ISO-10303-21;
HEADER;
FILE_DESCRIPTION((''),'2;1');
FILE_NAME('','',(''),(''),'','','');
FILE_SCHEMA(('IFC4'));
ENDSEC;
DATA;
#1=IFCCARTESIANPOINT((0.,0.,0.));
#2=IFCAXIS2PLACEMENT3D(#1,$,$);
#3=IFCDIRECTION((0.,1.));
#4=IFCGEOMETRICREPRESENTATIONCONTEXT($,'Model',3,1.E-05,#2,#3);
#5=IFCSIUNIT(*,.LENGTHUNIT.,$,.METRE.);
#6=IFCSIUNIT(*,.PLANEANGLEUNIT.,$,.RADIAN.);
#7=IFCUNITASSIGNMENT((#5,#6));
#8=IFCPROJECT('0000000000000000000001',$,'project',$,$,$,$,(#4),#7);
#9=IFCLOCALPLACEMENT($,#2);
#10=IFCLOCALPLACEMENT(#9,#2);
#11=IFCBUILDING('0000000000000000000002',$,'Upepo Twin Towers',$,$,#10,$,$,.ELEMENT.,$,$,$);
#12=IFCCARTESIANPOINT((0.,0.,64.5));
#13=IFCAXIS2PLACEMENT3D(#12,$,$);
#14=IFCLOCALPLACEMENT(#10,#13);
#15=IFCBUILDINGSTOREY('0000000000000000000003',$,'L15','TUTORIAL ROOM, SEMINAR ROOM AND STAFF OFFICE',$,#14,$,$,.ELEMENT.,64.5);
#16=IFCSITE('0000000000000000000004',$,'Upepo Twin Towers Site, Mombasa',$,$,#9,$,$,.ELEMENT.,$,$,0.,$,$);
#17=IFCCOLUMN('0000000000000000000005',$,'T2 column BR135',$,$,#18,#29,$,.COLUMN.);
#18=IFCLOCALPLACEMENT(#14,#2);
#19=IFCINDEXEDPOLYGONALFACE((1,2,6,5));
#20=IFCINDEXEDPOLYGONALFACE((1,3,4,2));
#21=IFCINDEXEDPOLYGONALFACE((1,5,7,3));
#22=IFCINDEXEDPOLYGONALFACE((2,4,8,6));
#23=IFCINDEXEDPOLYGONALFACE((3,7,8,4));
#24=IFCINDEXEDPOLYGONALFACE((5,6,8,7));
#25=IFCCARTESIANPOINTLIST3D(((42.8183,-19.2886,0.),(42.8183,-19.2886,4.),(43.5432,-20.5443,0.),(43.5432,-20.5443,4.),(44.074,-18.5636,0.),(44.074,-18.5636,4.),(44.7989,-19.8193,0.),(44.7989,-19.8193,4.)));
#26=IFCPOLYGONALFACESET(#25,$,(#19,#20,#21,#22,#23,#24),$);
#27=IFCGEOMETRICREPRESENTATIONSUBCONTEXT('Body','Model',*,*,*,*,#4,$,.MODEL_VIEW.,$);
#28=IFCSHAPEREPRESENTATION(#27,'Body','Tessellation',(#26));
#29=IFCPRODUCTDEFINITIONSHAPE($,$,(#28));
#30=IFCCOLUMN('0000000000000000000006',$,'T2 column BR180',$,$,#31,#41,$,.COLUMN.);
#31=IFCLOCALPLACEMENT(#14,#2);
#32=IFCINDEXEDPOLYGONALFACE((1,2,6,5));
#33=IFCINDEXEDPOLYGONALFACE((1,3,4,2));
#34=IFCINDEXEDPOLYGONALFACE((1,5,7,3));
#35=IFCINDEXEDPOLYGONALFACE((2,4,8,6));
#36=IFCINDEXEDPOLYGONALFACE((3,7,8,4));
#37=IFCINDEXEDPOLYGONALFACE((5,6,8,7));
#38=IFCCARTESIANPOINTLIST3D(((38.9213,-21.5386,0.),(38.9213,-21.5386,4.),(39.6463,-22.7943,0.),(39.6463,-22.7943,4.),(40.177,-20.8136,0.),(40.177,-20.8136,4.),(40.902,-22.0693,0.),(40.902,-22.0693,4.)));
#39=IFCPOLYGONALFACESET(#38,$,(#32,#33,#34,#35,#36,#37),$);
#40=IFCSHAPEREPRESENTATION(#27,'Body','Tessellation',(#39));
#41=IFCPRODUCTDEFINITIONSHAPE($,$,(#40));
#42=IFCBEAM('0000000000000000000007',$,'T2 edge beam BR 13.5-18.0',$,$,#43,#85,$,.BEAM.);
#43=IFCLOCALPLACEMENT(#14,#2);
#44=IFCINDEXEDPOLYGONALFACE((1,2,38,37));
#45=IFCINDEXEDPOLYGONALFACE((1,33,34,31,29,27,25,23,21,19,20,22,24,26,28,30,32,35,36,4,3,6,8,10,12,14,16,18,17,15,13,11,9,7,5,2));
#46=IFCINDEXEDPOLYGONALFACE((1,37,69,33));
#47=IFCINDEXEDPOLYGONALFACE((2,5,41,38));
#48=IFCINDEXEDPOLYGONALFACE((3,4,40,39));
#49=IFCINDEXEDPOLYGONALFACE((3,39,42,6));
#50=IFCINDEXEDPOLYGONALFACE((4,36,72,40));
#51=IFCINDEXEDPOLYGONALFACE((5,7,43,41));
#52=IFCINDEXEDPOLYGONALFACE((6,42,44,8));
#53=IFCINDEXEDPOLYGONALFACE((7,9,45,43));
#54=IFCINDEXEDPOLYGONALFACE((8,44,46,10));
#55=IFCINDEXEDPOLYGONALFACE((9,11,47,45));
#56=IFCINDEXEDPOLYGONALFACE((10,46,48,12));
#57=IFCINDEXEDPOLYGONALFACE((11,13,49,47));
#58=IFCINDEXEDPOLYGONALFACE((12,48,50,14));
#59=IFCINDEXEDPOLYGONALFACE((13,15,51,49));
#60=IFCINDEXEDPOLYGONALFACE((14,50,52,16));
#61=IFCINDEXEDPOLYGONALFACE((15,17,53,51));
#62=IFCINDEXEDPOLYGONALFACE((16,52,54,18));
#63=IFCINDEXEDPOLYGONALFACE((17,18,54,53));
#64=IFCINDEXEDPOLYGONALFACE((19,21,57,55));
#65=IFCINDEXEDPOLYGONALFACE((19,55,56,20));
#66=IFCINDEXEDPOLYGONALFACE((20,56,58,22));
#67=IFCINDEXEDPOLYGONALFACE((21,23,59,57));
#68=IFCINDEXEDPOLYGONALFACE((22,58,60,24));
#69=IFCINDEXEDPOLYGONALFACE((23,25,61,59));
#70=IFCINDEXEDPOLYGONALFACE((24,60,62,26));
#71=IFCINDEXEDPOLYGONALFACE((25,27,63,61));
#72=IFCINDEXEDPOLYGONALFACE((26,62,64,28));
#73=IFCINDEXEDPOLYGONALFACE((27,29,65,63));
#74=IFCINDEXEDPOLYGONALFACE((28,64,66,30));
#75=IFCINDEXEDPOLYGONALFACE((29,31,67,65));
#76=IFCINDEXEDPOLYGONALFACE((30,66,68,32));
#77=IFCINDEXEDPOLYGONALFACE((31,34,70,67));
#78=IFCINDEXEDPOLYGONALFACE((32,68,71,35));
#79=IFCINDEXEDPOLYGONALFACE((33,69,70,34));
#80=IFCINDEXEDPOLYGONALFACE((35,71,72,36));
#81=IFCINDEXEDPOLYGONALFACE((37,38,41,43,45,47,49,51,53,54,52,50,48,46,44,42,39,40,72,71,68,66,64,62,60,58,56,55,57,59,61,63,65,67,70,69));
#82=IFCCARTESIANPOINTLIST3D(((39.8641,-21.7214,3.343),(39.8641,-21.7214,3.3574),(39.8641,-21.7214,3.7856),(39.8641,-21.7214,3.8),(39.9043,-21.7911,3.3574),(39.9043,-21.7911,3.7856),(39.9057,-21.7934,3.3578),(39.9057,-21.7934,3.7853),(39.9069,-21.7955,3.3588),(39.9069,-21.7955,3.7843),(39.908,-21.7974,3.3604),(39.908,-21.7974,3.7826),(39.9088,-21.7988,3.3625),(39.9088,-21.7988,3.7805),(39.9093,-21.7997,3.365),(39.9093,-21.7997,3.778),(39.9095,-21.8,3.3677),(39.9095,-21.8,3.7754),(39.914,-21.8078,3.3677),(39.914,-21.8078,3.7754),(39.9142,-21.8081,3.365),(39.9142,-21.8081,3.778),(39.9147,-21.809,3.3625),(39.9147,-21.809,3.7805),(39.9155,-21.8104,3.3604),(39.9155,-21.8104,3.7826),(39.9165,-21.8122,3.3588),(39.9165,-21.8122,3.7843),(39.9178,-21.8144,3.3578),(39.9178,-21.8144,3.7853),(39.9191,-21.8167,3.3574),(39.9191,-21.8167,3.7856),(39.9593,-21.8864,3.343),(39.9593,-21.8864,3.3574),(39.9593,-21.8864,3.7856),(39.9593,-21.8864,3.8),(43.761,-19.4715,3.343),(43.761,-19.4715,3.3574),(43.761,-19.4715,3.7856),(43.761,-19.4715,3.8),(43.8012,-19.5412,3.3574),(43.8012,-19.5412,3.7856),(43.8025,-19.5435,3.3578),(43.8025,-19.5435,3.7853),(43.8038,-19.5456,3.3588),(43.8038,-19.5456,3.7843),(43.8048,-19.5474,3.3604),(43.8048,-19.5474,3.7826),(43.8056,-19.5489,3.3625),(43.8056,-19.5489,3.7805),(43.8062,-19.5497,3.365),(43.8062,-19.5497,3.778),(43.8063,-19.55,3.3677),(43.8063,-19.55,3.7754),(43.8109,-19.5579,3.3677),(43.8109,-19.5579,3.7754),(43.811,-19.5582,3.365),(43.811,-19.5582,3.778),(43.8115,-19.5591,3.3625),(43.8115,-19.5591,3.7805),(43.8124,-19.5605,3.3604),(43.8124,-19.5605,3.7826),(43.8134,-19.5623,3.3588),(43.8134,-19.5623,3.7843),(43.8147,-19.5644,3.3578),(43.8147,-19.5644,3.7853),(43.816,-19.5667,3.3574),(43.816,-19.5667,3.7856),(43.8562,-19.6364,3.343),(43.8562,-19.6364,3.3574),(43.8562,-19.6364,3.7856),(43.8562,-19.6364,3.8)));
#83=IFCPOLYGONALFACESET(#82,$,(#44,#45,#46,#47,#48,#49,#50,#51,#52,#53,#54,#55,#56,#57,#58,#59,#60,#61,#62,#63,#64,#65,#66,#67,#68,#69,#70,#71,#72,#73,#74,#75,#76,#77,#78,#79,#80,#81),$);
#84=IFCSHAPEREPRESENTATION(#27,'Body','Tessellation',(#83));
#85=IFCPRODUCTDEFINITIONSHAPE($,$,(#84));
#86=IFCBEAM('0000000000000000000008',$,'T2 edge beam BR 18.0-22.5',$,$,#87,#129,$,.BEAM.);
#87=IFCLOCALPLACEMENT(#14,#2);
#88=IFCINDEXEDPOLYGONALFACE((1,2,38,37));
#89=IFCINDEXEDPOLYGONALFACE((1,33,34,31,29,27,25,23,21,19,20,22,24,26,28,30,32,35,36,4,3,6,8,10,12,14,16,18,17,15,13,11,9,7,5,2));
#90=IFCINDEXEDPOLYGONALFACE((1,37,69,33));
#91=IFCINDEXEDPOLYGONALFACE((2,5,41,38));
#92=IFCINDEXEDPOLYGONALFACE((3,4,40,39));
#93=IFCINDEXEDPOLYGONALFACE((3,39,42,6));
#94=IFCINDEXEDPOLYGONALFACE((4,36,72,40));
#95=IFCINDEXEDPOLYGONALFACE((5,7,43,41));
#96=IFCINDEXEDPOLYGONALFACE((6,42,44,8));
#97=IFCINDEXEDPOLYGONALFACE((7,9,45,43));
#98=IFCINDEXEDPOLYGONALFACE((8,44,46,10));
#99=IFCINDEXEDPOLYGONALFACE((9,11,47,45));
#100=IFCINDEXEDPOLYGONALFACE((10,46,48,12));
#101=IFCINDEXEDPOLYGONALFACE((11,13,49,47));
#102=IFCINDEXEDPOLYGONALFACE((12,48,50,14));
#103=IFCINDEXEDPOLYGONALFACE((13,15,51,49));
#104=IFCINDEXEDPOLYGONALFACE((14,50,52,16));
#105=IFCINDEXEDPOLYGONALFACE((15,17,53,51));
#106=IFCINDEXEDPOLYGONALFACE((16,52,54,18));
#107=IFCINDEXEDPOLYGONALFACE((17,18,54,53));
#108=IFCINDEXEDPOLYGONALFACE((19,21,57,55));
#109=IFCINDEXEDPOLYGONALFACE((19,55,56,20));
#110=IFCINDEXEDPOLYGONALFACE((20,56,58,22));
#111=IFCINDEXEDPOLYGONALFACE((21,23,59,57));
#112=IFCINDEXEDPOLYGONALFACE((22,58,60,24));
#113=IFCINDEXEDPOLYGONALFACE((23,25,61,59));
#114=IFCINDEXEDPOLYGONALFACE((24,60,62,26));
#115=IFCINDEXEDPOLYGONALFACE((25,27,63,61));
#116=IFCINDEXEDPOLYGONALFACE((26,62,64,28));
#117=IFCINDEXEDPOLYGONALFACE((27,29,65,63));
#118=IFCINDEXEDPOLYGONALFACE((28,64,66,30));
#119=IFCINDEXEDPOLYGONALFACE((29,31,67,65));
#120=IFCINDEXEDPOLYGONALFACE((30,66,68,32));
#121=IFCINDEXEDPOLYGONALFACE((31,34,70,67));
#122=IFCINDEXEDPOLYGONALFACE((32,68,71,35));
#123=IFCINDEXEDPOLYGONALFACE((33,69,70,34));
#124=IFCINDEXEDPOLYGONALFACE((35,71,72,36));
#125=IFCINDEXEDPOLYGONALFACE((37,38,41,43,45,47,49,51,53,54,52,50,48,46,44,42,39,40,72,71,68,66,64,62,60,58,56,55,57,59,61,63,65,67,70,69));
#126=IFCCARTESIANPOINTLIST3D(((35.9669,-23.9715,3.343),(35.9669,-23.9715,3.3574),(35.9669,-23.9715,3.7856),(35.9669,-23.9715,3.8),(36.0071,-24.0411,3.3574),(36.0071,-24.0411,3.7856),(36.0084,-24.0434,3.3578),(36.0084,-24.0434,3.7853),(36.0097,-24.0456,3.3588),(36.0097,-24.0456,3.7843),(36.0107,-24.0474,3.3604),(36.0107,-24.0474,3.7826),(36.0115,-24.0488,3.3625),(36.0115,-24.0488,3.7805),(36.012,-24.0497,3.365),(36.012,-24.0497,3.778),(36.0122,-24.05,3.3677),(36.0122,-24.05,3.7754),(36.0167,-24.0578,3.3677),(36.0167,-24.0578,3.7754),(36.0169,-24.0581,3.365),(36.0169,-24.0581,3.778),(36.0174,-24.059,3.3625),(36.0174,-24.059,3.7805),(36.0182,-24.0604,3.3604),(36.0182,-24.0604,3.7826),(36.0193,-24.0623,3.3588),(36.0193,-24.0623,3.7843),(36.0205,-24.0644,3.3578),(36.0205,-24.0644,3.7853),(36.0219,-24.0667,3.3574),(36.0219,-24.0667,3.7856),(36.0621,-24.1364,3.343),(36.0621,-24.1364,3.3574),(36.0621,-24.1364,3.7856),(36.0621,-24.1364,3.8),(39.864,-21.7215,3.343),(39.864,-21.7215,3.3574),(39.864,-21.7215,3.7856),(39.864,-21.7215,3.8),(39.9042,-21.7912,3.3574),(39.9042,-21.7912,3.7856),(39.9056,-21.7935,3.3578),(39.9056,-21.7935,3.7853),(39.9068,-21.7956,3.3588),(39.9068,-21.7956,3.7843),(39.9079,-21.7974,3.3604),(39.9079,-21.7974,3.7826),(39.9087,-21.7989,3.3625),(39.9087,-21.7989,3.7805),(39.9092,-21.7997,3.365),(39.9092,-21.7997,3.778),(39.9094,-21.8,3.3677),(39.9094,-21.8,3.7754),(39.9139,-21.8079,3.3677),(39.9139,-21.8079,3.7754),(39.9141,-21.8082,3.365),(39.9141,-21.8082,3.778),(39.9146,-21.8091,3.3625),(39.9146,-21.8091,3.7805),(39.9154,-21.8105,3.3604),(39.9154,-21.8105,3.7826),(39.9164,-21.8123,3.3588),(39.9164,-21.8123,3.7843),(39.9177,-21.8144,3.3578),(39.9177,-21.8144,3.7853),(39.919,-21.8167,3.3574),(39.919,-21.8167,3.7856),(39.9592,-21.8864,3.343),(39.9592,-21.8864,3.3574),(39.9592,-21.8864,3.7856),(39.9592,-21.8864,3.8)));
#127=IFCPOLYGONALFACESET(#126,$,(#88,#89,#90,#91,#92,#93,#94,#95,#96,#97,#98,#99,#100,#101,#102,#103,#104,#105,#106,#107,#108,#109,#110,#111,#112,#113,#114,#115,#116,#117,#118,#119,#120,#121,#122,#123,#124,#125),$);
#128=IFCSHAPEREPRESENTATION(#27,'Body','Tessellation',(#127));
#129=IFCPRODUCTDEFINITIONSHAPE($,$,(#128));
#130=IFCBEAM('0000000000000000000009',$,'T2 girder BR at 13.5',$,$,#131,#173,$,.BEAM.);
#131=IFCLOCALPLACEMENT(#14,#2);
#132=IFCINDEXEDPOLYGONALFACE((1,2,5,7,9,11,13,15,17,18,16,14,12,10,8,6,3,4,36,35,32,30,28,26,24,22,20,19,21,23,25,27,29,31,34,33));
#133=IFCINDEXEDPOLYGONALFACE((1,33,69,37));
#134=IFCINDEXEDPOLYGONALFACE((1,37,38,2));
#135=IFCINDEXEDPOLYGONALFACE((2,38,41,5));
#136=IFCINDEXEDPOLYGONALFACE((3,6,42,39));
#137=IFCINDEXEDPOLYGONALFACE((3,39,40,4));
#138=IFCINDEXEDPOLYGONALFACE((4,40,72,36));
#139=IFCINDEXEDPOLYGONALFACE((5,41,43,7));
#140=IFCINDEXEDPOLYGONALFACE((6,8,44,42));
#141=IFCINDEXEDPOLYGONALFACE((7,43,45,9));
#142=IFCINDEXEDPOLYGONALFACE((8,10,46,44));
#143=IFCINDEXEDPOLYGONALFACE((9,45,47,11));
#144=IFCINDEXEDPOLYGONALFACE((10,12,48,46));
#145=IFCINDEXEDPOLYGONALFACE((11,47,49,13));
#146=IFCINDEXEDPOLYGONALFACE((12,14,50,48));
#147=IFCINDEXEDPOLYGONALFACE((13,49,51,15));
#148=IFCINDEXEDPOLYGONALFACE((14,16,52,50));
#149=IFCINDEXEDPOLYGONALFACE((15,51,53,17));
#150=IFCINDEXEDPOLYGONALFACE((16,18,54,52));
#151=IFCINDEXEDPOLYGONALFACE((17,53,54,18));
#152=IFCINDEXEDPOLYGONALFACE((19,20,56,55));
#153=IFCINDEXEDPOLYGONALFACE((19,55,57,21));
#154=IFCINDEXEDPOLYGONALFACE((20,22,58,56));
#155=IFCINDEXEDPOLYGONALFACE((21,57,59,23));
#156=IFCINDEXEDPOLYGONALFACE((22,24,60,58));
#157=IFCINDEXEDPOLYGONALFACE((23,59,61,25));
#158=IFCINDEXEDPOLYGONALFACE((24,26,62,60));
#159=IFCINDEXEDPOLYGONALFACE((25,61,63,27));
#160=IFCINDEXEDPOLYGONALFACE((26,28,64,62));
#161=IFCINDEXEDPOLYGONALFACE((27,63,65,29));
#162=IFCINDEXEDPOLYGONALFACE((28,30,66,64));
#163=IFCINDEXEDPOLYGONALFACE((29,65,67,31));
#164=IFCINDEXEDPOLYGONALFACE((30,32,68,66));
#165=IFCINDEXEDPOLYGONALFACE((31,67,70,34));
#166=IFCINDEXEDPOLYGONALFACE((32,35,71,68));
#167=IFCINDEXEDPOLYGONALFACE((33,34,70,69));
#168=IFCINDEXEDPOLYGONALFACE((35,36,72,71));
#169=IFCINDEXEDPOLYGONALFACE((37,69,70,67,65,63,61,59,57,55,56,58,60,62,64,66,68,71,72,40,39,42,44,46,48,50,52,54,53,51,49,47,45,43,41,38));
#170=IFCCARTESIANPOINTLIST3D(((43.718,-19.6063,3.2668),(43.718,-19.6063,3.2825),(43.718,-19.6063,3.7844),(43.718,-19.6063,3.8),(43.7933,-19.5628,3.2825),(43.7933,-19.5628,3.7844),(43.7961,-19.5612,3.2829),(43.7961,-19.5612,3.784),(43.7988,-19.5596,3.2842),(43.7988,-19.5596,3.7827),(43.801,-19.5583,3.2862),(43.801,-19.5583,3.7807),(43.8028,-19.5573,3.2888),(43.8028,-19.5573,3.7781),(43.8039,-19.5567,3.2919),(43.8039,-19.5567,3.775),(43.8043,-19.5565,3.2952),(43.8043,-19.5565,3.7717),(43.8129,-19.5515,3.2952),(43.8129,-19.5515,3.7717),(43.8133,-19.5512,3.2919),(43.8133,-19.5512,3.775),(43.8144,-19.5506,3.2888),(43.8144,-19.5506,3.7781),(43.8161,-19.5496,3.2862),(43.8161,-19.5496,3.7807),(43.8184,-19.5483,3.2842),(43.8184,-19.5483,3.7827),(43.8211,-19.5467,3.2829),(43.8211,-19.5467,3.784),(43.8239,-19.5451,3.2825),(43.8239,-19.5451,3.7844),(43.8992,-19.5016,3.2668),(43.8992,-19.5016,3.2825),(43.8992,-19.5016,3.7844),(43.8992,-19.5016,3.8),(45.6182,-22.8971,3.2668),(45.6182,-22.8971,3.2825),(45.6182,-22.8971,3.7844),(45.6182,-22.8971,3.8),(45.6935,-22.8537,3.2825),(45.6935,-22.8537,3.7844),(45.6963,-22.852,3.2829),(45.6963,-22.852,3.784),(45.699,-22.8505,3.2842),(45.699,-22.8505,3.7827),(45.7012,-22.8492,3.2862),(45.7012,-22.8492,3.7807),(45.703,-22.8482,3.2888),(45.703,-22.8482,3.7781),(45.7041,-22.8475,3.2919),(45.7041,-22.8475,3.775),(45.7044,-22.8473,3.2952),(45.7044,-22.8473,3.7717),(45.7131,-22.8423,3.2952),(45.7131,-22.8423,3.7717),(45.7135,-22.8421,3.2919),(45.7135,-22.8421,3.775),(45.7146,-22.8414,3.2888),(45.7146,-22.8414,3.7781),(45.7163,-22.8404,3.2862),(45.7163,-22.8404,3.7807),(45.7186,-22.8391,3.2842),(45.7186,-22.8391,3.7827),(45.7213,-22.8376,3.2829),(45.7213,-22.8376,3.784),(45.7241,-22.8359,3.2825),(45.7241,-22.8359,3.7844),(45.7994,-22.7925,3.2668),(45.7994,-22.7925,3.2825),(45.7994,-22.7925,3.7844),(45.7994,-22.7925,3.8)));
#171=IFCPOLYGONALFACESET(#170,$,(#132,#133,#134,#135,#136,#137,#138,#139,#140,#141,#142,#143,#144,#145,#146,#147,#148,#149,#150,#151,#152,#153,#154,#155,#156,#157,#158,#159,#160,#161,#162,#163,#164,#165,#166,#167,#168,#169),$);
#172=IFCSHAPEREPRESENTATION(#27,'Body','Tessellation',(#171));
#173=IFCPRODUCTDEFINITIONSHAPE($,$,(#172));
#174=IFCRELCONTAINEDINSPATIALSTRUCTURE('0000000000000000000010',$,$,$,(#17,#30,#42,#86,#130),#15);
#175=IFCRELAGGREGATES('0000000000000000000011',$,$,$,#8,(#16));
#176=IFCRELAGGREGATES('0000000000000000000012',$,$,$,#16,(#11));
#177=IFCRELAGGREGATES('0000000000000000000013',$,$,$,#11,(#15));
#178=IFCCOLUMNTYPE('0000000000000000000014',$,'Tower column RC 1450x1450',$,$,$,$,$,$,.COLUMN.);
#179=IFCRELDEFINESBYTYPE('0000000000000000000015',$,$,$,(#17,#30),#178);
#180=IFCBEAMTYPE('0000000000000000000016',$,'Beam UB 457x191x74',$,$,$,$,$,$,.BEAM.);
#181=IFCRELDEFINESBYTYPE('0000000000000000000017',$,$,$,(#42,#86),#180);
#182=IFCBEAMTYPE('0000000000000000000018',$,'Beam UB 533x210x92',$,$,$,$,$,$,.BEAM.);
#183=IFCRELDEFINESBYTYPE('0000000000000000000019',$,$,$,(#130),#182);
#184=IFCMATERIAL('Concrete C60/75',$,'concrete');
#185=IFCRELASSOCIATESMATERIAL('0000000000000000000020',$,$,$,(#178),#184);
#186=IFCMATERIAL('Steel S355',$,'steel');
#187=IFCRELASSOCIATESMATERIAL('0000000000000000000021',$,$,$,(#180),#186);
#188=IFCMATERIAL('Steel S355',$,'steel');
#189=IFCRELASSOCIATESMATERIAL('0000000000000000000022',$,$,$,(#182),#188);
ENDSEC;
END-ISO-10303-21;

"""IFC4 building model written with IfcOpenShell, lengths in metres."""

from ifc_helpers import new_model, si_unit, direction, frame, origin, origin_2d, place, context, subcontext, project, spatial, rectangle, i_section, extrude, material, material_profile, profile_set, type_object, element, save


model = new_model("IFC4")

# Units and contexts
model_context = context("Model", 3, precision=1e-05, world=origin(), true_north=direction((0.0, 1.0)))
body_context = subcontext(model_context, "Body", "Model", "MODEL_VIEW")
ifc_project = project(units=[si_unit("LENGTHUNIT", "METRE"), si_unit("PLANEANGLEUNIT", "RADIAN")], contexts=[model_context])

# Site, building, storey
site_placement = place(None, origin())
site = spatial("IfcSite", under=ifc_project, at=site_placement, Name="Upepo Twin Towers Site, Mombasa", CompositionType="ELEMENT", RefElevation=0.0)
building_placement = place(site_placement, origin())
building = spatial("IfcBuilding", under=site, at=building_placement, Name="Upepo Twin Towers", CompositionType="ELEMENT")
storey_placement = place(building_placement, frame((0.0, 0.0, 64.5)))
storey = spatial("IfcBuildingStorey", under=building, at=storey_placement, Name="L15", Description="TUTORIAL ROOM, SEMINAR ROOM AND STAFF OFFICE", CompositionType="ELEMENT", Elevation=64.5)

# Columns
ifc_material_1 = material(Name="Concrete C60/75", Category="concrete")
ifc_material_profile_1 = material_profile(ifc_material_1, rectangle(XDim=1.45, YDim=1.45, at=origin_2d()), Name="RC 1450x1450")
ifc_profile_set_1 = profile_set([ifc_material_profile_1], Name="Concrete C60/75")
column_type = type_object("IfcColumnType", Name="Tower column RC 1450x1450", PredefinedType="COLUMN", material=ifc_profile_set_1)
for number, where, z_axis, x_axis, name in (
    (1, (43.8086, -19.554, 0.0), (0.0, 0.0, 1.0), (0.866025, 0.5, 0.0), "T2 column BR135"),
    (2, (39.9116, -21.804, 0.0), (0.0, 0.0, 1.0), (0.866025, 0.5, 0.0), "T2 column BR180"),
):
    element("IfcColumn", number, at=place(storey_placement, frame(where, z_axis=z_axis, x_axis=x_axis)), inside=storey, type_object=column_type, Name=name, PredefinedType="COLUMN", context=body_context, shape_type="SweptSolid", body=[
        extrude(rectangle(XDim=1.45, YDim=1.45, at=origin_2d()), origin(), (0.0, 0.0, 1.0), 4.0),
    ])

# Beams
ifc_material_2 = material(Name="Steel S355", Category="steel")
ifc_material_profile_2 = material_profile(ifc_material_2, i_section(OverallWidth=0.1904, OverallDepth=0.457, WebThickness=0.009, FlangeThickness=0.0144, FilletRadius=0.0103, at=origin_2d()), Name="UB 457x191x74")
ifc_profile_set_2 = profile_set([ifc_material_profile_2], Name="Steel S355")
beam_type_1 = type_object("IfcBeamType", Name="Beam UB 457x191x74", PredefinedType="BEAM", material=ifc_profile_set_2)
beam_1_placement = place(storey_placement, frame((43.8086, -19.554, 3.5715), z_axis=(-0.866018, -0.500014, 0.0), x_axis=(0.500014, -0.866018, 0.0)))
element("IfcBeam", 3, at=beam_1_placement, inside=storey, type_object=beam_type_1, Name="T2 edge beam BR 13.5-18.0", PredefinedType="BEAM", context=body_context, shape_type="SweptSolid", body=[
    extrude(i_section(OverallWidth=0.1904, OverallDepth=0.457, WebThickness=0.009, FlangeThickness=0.0144, FilletRadius=0.0103, at=origin_2d()), origin(), (0.0, 0.0, 1.0), 4.4998),
])
beam_2_placement = place(storey_placement, frame((39.9116, -21.804, 3.5715), z_axis=(-0.866031, -0.49999, 0.0), x_axis=(0.49999, -0.866031, 0.0)))
element("IfcBeam", 4, at=beam_2_placement, inside=storey, type_object=beam_type_1, Name="T2 edge beam BR 18.0-22.5", PredefinedType="BEAM", context=body_context, shape_type="SweptSolid", body=[
    extrude(i_section(OverallWidth=0.1904, OverallDepth=0.457, WebThickness=0.009, FlangeThickness=0.0144, FilletRadius=0.0103, at=origin_2d()), origin(), (0.0, 0.0, 1.0), 4.5),
])
ifc_material_3 = material(Name="Steel S355", Category="steel")
ifc_material_profile_3 = material_profile(ifc_material_3, i_section(OverallWidth=0.2092, OverallDepth=0.5332, WebThickness=0.01, FlangeThickness=0.0156, FilletRadius=0.0127, at=origin_2d()), Name="UB 533x210x92")
ifc_profile_set_3 = profile_set([ifc_material_profile_3], Name="Steel S355")
beam_type_2 = type_object("IfcBeamType", Name="Beam UB 533x210x92", PredefinedType="BEAM", material=ifc_profile_set_3)
beam_3_placement = place(storey_placement, frame((43.8086, -19.554, 3.5334), z_axis=(0.500043, -0.866, 0.0), x_axis=(0.866, 0.500043, 0.0)))
element("IfcBeam", 5, at=beam_3_placement, inside=storey, type_object=beam_type_2, Name="T2 girder BR at 13.5", PredefinedType="BEAM", context=body_context, shape_type="SweptSolid", body=[
    extrude(i_section(OverallWidth=0.2092, OverallDepth=0.5332, WebThickness=0.01, FlangeThickness=0.0156, FilletRadius=0.0127, at=origin_2d()), origin(), (0.0, 0.0, 1.0), 3.8),
])

save(model, "model.ifc")
